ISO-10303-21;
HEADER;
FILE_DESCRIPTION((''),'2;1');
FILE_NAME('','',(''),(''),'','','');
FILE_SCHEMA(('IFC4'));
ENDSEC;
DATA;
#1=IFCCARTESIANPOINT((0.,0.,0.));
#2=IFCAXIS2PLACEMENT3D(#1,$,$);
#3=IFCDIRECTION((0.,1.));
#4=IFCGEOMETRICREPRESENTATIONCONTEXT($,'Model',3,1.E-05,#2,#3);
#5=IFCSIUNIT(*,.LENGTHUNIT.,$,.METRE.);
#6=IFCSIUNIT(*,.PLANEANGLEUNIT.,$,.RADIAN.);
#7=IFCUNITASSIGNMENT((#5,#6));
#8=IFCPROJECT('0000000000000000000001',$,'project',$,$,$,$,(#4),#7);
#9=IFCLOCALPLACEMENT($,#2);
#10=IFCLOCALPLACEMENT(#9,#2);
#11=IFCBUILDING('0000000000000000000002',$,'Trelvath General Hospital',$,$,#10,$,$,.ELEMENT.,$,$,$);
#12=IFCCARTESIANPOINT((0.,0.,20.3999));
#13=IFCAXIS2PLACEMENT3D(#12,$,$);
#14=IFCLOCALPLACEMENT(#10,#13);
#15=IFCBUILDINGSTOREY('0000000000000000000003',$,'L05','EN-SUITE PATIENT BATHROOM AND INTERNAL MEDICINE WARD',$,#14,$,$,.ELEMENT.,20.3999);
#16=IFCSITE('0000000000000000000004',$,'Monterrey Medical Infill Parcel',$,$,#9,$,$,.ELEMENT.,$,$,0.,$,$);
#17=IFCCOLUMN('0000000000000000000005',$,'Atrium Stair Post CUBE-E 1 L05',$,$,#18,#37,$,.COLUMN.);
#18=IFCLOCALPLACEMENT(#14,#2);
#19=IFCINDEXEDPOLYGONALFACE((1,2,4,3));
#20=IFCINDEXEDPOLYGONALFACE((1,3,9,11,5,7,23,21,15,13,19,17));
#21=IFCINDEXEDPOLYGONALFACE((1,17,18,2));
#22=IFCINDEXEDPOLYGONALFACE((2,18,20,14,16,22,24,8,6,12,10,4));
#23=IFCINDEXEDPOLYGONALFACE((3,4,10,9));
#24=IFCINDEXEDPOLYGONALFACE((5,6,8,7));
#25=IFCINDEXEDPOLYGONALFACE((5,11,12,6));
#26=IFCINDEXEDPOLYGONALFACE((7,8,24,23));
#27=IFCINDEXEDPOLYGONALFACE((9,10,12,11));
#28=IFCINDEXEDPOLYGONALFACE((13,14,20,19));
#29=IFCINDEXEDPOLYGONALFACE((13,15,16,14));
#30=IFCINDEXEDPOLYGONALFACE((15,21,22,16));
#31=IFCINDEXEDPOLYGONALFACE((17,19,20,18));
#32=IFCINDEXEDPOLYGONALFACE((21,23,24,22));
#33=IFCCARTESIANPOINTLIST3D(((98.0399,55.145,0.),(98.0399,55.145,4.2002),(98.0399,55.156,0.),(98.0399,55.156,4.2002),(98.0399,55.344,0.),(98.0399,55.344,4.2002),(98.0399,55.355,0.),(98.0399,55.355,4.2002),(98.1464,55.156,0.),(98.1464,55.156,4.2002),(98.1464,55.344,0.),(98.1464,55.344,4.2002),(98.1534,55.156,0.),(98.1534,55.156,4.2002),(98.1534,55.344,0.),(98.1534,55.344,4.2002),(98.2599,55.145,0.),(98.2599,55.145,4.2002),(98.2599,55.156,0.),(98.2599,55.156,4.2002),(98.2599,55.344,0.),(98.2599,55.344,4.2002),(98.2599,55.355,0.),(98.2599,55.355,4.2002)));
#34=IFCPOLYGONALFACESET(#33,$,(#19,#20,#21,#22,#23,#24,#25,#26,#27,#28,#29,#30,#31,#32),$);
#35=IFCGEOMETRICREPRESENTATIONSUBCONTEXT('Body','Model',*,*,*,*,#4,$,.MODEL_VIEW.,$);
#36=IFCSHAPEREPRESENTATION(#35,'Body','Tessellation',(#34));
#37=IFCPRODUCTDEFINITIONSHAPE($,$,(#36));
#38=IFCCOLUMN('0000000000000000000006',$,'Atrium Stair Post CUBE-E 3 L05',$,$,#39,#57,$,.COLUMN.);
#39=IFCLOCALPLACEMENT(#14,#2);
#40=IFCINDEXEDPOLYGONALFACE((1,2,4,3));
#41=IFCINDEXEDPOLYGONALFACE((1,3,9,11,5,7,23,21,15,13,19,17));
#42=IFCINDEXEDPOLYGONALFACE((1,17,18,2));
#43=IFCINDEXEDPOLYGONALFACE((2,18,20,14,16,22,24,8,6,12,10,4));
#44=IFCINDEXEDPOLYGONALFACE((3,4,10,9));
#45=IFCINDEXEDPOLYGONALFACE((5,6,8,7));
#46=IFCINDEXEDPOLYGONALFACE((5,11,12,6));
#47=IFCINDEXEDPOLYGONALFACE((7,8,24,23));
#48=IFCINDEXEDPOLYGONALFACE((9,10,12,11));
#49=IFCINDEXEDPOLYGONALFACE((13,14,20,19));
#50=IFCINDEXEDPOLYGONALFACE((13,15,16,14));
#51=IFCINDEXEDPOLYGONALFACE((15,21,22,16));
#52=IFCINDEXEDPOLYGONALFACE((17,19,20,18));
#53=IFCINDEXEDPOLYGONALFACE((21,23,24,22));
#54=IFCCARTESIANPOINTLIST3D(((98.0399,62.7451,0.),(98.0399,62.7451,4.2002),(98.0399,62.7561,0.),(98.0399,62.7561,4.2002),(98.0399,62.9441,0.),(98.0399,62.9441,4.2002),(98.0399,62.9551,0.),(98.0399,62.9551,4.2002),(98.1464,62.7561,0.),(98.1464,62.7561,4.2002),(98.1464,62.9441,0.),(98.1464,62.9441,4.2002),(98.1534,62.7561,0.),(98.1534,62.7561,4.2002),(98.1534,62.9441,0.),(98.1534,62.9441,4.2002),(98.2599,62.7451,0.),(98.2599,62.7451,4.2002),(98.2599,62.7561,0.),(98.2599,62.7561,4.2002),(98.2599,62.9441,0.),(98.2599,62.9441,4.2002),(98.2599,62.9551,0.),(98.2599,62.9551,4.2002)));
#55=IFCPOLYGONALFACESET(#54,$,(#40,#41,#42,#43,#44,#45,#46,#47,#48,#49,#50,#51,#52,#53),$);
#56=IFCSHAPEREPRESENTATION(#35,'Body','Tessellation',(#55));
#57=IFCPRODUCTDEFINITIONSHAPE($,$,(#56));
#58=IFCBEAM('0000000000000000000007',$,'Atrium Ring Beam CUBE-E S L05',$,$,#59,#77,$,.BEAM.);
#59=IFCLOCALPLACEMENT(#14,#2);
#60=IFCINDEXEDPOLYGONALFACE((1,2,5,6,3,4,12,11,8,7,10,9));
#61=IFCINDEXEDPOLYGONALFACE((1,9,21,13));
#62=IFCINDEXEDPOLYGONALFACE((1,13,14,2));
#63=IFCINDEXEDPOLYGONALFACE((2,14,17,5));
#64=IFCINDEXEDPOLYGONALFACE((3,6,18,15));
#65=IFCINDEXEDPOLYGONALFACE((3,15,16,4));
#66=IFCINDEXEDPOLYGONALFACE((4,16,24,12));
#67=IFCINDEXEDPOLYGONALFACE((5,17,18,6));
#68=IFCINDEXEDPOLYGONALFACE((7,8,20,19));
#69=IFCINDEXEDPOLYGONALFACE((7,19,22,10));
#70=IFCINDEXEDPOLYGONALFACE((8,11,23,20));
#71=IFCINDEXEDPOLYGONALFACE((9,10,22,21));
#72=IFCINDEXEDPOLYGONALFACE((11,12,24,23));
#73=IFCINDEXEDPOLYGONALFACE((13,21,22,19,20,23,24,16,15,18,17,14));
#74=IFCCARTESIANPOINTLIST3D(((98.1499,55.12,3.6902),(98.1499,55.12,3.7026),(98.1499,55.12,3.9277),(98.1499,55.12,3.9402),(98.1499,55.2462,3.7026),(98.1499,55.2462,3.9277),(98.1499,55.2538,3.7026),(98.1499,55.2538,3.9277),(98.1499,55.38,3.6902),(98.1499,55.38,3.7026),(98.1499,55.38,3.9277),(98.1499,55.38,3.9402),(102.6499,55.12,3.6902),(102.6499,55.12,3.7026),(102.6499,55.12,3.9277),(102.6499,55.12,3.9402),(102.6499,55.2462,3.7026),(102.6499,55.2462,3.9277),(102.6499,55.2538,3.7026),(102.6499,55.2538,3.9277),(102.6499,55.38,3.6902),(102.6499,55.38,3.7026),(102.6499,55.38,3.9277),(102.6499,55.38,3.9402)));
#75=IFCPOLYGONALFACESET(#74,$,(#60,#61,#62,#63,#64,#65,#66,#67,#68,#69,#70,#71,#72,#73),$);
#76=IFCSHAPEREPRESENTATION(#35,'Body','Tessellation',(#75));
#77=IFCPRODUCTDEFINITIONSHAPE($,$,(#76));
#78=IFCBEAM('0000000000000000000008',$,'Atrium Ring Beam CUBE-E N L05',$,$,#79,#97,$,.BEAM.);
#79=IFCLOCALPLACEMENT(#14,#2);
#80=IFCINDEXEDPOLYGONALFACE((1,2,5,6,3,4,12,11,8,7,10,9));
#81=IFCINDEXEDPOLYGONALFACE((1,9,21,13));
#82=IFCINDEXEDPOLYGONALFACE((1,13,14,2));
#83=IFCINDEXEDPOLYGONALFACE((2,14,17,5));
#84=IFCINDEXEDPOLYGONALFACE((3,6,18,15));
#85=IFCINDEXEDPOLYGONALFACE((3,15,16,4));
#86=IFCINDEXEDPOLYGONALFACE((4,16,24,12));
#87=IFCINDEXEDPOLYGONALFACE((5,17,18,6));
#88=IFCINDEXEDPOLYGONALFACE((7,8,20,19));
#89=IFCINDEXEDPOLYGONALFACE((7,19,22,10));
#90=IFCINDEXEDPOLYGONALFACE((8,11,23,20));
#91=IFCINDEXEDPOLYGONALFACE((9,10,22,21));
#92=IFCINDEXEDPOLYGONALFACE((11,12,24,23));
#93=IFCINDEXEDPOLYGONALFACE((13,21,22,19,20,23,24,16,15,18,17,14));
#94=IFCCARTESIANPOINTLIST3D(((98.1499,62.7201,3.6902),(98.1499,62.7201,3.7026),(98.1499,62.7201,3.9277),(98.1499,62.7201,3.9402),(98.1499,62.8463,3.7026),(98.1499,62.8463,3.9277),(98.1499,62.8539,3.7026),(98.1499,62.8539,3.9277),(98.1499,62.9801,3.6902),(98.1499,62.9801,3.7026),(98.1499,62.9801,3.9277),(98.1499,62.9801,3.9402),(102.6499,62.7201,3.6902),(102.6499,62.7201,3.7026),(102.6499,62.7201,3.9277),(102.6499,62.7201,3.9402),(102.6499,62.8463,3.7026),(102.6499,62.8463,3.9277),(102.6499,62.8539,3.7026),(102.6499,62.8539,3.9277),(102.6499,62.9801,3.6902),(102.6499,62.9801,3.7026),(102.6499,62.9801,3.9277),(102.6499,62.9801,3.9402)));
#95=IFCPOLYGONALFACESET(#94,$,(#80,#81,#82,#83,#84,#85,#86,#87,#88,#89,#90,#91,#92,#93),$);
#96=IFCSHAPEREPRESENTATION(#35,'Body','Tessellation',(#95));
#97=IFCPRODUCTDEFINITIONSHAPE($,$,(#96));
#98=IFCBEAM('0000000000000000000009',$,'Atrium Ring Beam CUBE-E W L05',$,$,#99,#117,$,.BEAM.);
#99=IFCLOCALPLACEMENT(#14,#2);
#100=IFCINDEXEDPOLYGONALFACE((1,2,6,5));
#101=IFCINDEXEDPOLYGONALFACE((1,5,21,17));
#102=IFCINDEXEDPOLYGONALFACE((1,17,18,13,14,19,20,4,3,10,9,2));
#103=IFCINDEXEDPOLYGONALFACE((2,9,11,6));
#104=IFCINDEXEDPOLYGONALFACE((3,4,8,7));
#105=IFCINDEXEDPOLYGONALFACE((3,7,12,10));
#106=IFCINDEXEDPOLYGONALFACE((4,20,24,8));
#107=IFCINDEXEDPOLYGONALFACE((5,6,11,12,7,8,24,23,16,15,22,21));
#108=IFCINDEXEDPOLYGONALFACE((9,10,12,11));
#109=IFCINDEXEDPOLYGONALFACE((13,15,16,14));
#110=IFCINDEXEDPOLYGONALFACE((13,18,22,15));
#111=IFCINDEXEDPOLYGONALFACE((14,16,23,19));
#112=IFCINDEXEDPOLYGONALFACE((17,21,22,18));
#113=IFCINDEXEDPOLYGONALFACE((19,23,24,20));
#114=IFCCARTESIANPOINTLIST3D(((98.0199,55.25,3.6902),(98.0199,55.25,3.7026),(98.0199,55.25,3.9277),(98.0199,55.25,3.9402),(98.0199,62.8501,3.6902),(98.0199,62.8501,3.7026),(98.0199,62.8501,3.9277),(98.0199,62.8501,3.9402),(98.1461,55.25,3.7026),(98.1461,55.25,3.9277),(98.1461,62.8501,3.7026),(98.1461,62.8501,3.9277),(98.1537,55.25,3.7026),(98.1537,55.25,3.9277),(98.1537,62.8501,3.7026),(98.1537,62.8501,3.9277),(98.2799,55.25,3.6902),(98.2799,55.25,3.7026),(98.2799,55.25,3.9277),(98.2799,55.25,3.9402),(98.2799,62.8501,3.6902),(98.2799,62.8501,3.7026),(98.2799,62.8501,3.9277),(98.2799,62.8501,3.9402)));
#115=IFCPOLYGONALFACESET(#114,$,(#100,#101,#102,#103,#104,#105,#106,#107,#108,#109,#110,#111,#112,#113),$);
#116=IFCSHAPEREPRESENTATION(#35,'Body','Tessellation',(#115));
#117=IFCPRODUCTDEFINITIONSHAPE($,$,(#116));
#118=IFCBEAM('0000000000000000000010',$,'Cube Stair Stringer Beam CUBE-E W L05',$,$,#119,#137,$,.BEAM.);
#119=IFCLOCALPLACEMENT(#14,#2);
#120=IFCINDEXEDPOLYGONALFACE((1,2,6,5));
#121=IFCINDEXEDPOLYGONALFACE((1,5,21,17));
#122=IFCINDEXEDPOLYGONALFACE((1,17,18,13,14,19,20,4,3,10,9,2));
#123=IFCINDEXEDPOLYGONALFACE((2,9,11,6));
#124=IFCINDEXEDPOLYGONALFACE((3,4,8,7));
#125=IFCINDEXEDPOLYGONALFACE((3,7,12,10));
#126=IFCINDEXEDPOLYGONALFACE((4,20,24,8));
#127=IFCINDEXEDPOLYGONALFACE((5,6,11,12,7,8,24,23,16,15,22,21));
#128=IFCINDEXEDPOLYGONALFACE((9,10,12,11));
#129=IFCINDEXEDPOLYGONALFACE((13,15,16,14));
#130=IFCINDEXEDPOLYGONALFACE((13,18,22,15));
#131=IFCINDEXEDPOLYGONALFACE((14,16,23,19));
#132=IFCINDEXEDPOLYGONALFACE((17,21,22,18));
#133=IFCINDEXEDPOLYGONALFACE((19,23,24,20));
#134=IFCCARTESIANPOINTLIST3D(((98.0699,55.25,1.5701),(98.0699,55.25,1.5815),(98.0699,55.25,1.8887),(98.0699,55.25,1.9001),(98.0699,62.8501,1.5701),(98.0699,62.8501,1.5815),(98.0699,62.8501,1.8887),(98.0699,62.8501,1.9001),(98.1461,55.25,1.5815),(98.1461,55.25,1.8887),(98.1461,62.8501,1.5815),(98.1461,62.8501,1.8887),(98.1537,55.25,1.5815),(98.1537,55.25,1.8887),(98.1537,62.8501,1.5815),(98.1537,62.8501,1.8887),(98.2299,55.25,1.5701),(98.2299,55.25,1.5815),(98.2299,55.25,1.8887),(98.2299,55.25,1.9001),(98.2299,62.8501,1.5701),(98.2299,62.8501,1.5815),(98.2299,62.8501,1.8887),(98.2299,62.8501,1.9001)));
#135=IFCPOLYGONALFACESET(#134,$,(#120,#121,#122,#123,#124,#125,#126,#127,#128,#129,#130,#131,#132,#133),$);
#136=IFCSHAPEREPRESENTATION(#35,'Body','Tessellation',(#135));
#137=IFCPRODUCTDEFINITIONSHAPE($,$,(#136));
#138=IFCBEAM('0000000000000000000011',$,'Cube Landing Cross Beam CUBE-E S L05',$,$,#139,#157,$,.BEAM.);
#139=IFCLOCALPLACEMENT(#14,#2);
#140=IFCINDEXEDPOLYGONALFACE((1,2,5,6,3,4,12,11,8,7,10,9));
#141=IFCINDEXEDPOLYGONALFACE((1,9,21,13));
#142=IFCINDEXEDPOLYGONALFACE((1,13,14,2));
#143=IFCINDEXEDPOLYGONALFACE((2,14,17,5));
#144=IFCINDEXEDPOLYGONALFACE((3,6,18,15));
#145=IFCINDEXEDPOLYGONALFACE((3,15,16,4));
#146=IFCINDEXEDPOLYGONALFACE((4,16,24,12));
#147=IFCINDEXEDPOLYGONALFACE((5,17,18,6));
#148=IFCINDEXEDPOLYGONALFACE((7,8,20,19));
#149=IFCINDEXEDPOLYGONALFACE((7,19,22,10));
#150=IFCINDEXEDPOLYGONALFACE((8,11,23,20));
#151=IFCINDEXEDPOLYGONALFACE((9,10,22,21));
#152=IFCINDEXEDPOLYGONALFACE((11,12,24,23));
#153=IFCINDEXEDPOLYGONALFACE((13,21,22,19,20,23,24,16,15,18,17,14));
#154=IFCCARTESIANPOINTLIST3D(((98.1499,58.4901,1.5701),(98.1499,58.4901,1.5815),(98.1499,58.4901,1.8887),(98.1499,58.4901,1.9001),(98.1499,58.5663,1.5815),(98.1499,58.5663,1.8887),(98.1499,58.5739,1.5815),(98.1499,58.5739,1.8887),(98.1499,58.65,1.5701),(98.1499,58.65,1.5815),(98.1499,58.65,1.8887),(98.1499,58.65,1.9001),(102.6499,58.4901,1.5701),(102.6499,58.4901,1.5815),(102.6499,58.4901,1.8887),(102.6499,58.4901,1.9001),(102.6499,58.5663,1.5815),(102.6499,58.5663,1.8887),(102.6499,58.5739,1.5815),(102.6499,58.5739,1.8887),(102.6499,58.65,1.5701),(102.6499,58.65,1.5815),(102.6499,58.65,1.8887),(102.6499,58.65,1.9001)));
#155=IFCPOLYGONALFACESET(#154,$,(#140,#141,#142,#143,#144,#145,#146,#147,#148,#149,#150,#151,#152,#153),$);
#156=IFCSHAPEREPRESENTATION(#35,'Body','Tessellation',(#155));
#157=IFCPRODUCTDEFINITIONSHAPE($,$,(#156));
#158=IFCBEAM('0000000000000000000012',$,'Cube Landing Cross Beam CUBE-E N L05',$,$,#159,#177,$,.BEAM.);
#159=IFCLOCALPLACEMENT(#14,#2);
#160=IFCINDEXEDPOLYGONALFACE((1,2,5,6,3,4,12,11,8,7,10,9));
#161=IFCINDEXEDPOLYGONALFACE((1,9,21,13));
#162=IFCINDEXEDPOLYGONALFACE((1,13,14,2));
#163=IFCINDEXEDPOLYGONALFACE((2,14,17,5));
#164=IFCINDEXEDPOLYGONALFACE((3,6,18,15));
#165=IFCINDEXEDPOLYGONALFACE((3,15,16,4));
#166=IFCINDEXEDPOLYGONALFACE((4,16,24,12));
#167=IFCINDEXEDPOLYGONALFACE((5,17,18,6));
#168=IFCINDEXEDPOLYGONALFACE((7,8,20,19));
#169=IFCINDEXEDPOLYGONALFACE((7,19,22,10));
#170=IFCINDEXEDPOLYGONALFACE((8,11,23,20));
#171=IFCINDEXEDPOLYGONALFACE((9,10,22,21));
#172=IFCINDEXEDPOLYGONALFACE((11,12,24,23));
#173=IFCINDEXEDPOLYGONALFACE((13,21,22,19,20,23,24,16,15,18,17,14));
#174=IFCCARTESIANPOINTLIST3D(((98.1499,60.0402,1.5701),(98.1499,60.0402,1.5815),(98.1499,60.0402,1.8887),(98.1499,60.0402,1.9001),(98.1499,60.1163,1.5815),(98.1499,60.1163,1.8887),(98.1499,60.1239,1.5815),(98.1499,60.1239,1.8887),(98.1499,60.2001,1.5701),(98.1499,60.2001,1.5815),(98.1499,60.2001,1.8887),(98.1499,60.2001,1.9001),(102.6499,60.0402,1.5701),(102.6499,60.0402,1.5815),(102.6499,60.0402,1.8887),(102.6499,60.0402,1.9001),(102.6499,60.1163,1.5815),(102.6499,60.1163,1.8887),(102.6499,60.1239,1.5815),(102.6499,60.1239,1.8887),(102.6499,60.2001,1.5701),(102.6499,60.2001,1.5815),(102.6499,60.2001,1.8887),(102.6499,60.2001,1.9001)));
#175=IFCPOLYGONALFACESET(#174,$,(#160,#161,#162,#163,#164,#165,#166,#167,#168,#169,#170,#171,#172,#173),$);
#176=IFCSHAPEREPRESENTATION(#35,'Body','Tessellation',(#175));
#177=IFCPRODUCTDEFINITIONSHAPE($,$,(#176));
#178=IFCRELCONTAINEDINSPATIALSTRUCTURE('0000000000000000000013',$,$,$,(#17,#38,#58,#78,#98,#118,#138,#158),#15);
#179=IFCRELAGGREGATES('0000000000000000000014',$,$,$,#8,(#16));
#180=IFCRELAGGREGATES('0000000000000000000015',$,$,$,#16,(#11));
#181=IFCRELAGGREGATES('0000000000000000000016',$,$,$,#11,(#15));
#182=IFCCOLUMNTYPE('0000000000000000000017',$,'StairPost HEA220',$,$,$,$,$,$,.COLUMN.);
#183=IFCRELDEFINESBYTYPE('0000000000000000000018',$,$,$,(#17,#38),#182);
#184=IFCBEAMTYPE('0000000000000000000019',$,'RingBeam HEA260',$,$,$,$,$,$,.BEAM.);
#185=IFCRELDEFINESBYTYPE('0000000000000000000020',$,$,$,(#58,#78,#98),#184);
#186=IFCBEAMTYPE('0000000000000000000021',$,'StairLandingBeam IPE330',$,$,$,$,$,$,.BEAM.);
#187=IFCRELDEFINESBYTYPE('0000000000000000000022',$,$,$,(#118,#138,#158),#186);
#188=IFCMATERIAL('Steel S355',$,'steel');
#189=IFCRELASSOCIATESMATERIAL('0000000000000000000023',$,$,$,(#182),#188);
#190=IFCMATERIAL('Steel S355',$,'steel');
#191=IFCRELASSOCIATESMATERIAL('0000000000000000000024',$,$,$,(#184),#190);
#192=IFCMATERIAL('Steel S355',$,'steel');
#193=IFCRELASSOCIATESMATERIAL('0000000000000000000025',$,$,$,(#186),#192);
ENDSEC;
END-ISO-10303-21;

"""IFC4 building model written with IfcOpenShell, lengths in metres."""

from ifc_helpers import new_model, si_unit, direction, frame, origin, origin_2d, place, context, subcontext, project, spatial, i_section, extrude, material, material_profile, profile_set, type_object, element, save


model = new_model("IFC4")

# Units and contexts
model_context = context("Model", 3, precision=1e-05, world=origin(), true_north=direction((0.0, 1.0)))
body_context = subcontext(model_context, "Body", "Model", "MODEL_VIEW")
ifc_project = project(units=[si_unit("LENGTHUNIT", "METRE"), si_unit("PLANEANGLEUNIT", "RADIAN")], contexts=[model_context])

# Site, building, storey
site_placement = place(None, origin())
site = spatial("IfcSite", under=ifc_project, at=site_placement, Name="Monterrey Medical Infill Parcel", CompositionType="ELEMENT", RefElevation=0.0)
building_placement = place(site_placement, origin())
building = spatial("IfcBuilding", under=site, at=building_placement, Name="Trelvath General Hospital", CompositionType="ELEMENT")
storey_placement = place(building_placement, frame((0.0, 0.0, 20.3999)))
storey = spatial("IfcBuildingStorey", under=building, at=storey_placement, Name="L05", Description="EN-SUITE PATIENT BATHROOM AND INTERNAL MEDICINE WARD", CompositionType="ELEMENT", Elevation=20.3999)

# Columns
ifc_material_1 = material(Name="Steel S355", Category="steel")
ifc_material_profile_1 = material_profile(ifc_material_1, i_section(OverallWidth=0.22, OverallDepth=0.21, WebThickness=0.0071, FlangeThickness=0.011, at=origin_2d()), Name="HEA220")
ifc_profile_set_1 = profile_set([ifc_material_profile_1], Name="Steel S355")
column_type = type_object("IfcColumnType", Name="StairPost HEA220", PredefinedType="COLUMN", material=ifc_profile_set_1)
for number, where, z_axis, x_axis, name in (
    (1, (98.1499, 55.25, 0.0), (0.0, 0.0, 1.0), (1.0, 0.0, 0.0), "Atrium Stair Post CUBE-E 1 L05"),
    (2, (98.1499, 62.8501, 0.0), (0.0, 0.0, 1.0), (1.0, 0.0, 0.0), "Atrium Stair Post CUBE-E 3 L05"),
):
    element("IfcColumn", number, at=place(storey_placement, frame(where, z_axis=z_axis, x_axis=x_axis)), inside=storey, type_object=column_type, Name=name, PredefinedType="COLUMN", context=body_context, shape_type="SweptSolid", body=[
        extrude(i_section(OverallWidth=0.22, OverallDepth=0.21, WebThickness=0.0071, FlangeThickness=0.011, at=origin_2d()), origin(), (0.0, 0.0, 1.0), 4.2002),
    ])

# Beams
ifc_material_2 = material(Name="Steel S355", Category="steel")
ifc_material_profile_2 = material_profile(ifc_material_2, i_section(OverallWidth=0.26, OverallDepth=0.25, WebThickness=0.0076, FlangeThickness=0.0125, at=origin_2d()), Name="HEA260")
ifc_profile_set_2 = profile_set([ifc_material_profile_2], Name="Steel S355")
beam_type_1 = type_object("IfcBeamType", Name="RingBeam HEA260", PredefinedType="BEAM", material=ifc_profile_set_2)
for number, where, z_axis, x_axis, name in (
    (3, (98.1499, 55.25, 3.8152), (1.0, 0.0, 0.0), (0.0, 1.0, 0.0), "Atrium Ring Beam CUBE-E S L05"),
    (4, (98.1499, 62.8501, 3.8152), (1.0, 0.0, 0.0), (0.0, 1.0, 0.0), "Atrium Ring Beam CUBE-E N L05"),
):
    element("IfcBeam", number, at=place(storey_placement, frame(where, z_axis=z_axis, x_axis=x_axis)), inside=storey, type_object=beam_type_1, Name=name, PredefinedType="BEAM", context=body_context, shape_type="SweptSolid", body=[
        extrude(i_section(OverallWidth=0.26, OverallDepth=0.25, WebThickness=0.0076, FlangeThickness=0.0125, at=origin_2d()), origin(), (0.0, 0.0, 1.0), 4.5),
    ])
beam_1_placement = place(storey_placement, frame((98.1499, 55.25, 3.8152), z_axis=(0.0, 1.0, 0.0), x_axis=(-1.0, 0.0, 0.0)))
element("IfcBeam", 5, at=beam_1_placement, inside=storey, type_object=beam_type_1, Name="Atrium Ring Beam CUBE-E W L05", PredefinedType="BEAM", context=body_context, shape_type="SweptSolid", body=[
    extrude(i_section(OverallWidth=0.26, OverallDepth=0.25, WebThickness=0.0076, FlangeThickness=0.0125, at=origin_2d()), origin(), (0.0, 0.0, 1.0), 7.6001),
])
ifc_material_3 = material(Name="Steel S355", Category="steel")
ifc_material_profile_3 = material_profile(ifc_material_3, i_section(OverallWidth=0.1599, OverallDepth=0.3301, WebThickness=0.0076, FlangeThickness=0.0115, at=origin_2d()), Name="IPE330")
ifc_profile_set_3 = profile_set([ifc_material_profile_3], Name="Steel S355")
beam_type_2 = type_object("IfcBeamType", Name="StairLandingBeam IPE330", PredefinedType="BEAM", material=ifc_profile_set_3)
beam_2_placement = place(storey_placement, frame((98.1499, 55.25, 1.7351), z_axis=(0.0, 1.0, 0.0), x_axis=(-1.0, 0.0, 0.0)))
element("IfcBeam", 6, at=beam_2_placement, inside=storey, type_object=beam_type_2, Name="Cube Stair Stringer Beam CUBE-E W L05", PredefinedType="BEAM", context=body_context, shape_type="SweptSolid", body=[
    extrude(i_section(OverallWidth=0.1599, OverallDepth=0.3301, WebThickness=0.0076, FlangeThickness=0.0115, at=origin_2d()), origin(), (0.0, 0.0, 1.0), 7.6001),
])
for number, where, z_axis, x_axis, name in (
    (7, (98.1499, 58.5701, 1.7351), (1.0, 0.0, 0.0), (0.0, 1.0, 0.0), "Cube Landing Cross Beam CUBE-E S L05"),
    (8, (98.1499, 60.1201, 1.7351), (1.0, 0.0, 0.0), (0.0, 1.0, 0.0), "Cube Landing Cross Beam CUBE-E N L05"),
):
    element("IfcBeam", number, at=place(storey_placement, frame(where, z_axis=z_axis, x_axis=x_axis)), inside=storey, type_object=beam_type_2, Name=name, PredefinedType="BEAM", context=body_context, shape_type="SweptSolid", body=[
        extrude(i_section(OverallWidth=0.1599, OverallDepth=0.3301, WebThickness=0.0076, FlangeThickness=0.0115, at=origin_2d()), origin(), (0.0, 0.0, 1.0), 4.5),
    ])

save(model, "model.ifc")
